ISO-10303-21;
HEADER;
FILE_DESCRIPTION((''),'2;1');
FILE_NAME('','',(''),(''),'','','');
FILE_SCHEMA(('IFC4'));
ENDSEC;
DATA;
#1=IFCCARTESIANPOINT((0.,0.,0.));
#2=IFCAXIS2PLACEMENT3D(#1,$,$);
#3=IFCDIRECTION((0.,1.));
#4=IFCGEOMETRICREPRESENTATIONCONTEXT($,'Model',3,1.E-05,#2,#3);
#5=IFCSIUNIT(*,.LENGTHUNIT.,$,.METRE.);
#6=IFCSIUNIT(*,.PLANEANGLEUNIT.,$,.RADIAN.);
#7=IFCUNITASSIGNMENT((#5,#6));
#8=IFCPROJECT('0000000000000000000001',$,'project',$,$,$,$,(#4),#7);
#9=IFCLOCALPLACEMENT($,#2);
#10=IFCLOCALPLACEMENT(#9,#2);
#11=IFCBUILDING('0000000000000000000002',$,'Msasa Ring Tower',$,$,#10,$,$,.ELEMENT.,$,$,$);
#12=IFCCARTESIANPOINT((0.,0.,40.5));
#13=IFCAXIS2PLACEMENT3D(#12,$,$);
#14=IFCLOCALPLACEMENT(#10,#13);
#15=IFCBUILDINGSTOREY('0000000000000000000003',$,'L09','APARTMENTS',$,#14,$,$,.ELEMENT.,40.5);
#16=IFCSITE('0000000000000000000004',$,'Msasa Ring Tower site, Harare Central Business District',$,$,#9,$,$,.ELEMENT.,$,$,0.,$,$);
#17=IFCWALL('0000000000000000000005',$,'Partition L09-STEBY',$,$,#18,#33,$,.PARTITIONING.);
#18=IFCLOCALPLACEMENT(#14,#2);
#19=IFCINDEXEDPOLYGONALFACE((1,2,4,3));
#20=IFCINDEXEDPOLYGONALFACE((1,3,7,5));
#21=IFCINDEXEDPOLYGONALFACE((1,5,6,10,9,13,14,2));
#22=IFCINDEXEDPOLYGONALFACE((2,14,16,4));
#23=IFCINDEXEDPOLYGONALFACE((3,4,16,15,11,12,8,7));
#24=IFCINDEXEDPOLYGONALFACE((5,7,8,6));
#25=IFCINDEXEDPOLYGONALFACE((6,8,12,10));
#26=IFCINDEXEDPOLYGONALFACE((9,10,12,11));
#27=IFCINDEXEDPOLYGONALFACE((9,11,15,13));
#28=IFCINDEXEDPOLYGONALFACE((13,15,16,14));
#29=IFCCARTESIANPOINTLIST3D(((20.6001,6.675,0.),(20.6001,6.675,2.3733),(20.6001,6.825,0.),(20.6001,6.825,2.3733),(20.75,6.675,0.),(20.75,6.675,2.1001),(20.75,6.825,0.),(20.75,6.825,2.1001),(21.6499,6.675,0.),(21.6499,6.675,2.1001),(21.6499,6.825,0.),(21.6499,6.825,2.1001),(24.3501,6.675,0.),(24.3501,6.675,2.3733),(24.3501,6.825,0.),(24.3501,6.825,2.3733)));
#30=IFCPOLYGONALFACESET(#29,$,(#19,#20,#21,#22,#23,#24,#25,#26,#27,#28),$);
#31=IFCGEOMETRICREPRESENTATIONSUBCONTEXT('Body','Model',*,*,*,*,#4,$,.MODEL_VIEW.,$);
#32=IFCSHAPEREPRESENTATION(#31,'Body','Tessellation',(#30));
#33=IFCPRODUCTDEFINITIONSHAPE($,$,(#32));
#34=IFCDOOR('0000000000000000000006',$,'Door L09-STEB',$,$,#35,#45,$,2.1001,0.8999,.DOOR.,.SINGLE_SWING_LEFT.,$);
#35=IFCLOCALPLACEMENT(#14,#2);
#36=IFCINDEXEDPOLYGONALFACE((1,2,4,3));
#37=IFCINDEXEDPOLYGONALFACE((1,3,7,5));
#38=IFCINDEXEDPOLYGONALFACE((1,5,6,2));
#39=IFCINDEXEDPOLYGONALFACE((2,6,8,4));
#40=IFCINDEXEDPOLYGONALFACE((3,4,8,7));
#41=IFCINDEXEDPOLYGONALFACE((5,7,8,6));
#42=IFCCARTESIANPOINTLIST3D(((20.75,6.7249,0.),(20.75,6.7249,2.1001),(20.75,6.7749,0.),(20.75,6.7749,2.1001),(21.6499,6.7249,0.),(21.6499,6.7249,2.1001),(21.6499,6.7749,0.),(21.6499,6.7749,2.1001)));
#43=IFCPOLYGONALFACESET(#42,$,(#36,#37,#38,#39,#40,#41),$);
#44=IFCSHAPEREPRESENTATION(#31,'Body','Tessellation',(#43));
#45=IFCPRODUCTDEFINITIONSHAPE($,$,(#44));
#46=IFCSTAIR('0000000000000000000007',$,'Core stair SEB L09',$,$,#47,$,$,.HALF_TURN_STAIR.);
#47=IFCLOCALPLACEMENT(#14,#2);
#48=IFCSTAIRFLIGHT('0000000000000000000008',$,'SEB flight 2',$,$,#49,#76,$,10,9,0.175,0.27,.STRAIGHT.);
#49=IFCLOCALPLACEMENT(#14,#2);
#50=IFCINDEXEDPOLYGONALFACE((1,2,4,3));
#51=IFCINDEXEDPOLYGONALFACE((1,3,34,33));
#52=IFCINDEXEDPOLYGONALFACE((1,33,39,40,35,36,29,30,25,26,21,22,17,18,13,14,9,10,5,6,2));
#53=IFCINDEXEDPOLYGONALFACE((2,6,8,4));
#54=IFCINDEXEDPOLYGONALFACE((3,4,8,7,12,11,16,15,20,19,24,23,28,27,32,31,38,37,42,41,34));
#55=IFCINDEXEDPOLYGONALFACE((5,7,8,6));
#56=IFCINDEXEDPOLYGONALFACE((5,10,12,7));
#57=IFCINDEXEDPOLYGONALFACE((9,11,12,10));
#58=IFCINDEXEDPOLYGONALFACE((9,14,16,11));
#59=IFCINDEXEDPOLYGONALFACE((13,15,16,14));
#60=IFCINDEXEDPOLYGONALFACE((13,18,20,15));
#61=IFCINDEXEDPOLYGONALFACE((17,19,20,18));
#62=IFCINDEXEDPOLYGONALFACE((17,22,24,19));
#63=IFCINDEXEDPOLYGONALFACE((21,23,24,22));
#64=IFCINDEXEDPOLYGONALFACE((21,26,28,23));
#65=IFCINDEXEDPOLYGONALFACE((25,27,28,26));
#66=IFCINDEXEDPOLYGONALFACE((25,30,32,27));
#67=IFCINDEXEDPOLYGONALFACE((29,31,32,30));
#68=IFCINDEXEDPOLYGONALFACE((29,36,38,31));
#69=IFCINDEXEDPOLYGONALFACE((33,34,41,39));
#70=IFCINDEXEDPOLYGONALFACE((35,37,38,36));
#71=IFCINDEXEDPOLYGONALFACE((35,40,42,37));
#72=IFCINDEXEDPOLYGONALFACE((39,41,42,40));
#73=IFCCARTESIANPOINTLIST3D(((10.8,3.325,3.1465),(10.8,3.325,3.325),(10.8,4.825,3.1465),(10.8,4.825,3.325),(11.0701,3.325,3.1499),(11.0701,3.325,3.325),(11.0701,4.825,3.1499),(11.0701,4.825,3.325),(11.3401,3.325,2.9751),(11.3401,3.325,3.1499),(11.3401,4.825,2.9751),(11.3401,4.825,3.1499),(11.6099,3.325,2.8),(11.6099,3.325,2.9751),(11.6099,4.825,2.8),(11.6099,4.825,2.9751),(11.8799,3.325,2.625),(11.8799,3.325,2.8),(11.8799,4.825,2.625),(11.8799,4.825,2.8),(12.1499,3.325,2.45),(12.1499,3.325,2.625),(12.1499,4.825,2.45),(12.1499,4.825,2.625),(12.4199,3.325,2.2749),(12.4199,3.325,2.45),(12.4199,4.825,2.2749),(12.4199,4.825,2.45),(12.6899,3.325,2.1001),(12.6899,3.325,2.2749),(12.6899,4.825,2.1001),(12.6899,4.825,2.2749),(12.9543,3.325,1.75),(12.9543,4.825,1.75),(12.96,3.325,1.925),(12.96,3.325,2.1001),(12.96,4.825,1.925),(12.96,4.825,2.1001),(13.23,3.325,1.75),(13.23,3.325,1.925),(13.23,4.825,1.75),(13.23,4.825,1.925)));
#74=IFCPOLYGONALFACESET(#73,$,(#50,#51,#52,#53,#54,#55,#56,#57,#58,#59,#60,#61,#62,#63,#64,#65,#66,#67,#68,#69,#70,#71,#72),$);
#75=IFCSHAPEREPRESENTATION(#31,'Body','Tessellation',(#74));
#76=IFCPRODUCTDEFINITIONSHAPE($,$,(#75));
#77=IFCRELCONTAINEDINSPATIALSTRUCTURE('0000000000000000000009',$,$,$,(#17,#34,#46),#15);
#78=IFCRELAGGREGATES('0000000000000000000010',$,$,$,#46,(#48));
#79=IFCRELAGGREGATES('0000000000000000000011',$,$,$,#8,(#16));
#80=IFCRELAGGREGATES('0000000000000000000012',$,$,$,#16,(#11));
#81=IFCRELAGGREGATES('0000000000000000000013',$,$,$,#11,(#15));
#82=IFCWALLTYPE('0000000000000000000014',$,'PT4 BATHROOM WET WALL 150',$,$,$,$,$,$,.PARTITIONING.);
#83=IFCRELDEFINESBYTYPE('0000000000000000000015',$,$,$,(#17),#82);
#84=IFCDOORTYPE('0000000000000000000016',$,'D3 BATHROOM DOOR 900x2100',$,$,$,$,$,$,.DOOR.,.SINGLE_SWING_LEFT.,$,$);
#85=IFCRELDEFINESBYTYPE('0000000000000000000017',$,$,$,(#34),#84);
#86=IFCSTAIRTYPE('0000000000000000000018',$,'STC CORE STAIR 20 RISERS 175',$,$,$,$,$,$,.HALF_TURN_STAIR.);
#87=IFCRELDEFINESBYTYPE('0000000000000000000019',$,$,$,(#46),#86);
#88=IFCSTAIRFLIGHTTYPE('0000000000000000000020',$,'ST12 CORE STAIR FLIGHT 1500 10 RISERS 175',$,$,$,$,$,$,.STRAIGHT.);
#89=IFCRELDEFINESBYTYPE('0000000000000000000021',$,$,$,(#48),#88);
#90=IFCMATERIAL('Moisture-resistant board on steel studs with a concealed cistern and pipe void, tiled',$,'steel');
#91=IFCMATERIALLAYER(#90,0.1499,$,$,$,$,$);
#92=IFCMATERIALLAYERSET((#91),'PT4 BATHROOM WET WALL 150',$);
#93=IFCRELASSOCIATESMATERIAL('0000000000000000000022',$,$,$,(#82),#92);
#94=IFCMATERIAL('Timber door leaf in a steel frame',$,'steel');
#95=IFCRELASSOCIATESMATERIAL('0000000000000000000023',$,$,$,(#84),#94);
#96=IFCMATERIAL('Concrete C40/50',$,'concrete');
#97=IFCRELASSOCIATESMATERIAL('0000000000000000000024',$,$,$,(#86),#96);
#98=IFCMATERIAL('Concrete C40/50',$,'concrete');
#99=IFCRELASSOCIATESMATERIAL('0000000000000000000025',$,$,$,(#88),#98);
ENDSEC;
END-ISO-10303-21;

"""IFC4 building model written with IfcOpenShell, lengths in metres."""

from ifc_helpers import new_model, si_unit, direction, frame, frame_2d, origin, place, context, subcontext, project, spatial, polyline, rectangle, outline, extrude, material, layer, layer_set, type_object, element, fill, aggregate, save


model = new_model("IFC4")

# Units and contexts
model_context = context("Model", 3, precision=1e-05, world=origin(), true_north=direction((0.0, 1.0)))
body_context = subcontext(model_context, "Body", "Model", "MODEL_VIEW")
ifc_project = project(units=[si_unit("LENGTHUNIT", "METRE"), si_unit("PLANEANGLEUNIT", "RADIAN")], contexts=[model_context])

# Site, building, storey
site_placement = place(None, origin())
site = spatial("IfcSite", under=ifc_project, at=site_placement, Name="Msasa Ring Tower site, Harare Central Business District", CompositionType="ELEMENT", RefElevation=0.0)
building_placement = place(site_placement, origin())
building = spatial("IfcBuilding", under=site, at=building_placement, Name="Msasa Ring Tower", CompositionType="ELEMENT")
storey_placement = place(building_placement, frame((0.0, 0.0, 40.5)))
storey = spatial("IfcBuildingStorey", under=building, at=storey_placement, Name="L09", Description="APARTMENTS", CompositionType="ELEMENT", Elevation=40.5)

# Wall, opening, door
ifc_material_1 = material(Name="Moisture-resistant board on steel studs with a concealed cistern and pipe void, tiled", Category="steel")
ifc_layer_1 = layer(ifc_material_1, 0.1499)
ifc_layer_set_1 = layer_set([ifc_layer_1], Name="PT4 BATHROOM WET WALL 150")
wall_type_1 = type_object("IfcWallType", Name="PT4 BATHROOM WET WALL 150", PredefinedType="PARTITIONING", material=ifc_layer_set_1)
wall_1_placement = place(storey_placement, frame((20.6001, 6.75, 0.0), z_axis=(0.0, 0.0, 1.0), x_axis=(1.0, 0.0, 0.0)))
wall_1 = element("IfcWall", 1, at=wall_1_placement, inside=storey, type_object=wall_type_1, Name="Partition L09-STEBY", PredefinedType="PARTITIONING", context=body_context, shape_type="SweptSolid", body=[
    extrude(rectangle(XDim=3.75, YDim=0.1499, at=frame_2d((1.875, 0.0))), origin(), (0.0, 0.0, 1.0), 2.3733),
])
opening_1_placement = place(wall_1_placement, frame((0.1499, 0.0, 0.0)))
opening_1 = element("IfcOpeningElement", 2, at=opening_1_placement, cuts=wall_1, PredefinedType="OPENING", context=body_context, shape_type="SweptSolid", body=[
    extrude(rectangle(XDim=0.8999, YDim=2.1001, at=frame_2d((0.45, 1.05))), frame((0.0, 0.085, 0.0), z_axis=(0.0, -1.0, 0.0), x_axis=(1.0, 0.0, 0.0)), (0.0, 0.0, 1.0), 0.1699),
])
ifc_material_2 = material(Name="Timber door leaf in a steel frame", Category="steel")
door_type = type_object("IfcDoorType", Name="D3 BATHROOM DOOR 900x2100", OperationType="SINGLE_SWING_LEFT", PredefinedType="DOOR", material=ifc_material_2)
door_placement = place(opening_1_placement, origin())
door = element("IfcDoor", 3, at=door_placement, inside=storey, type_object=door_type, Name="Door L09-STEB", OperationType="SINGLE_SWING_LEFT", OverallHeight=2.1001, OverallWidth=0.8999, PredefinedType="DOOR", context=body_context, shape_type="SweptSolid", body=[
    extrude(rectangle(XDim=0.8999, YDim=2.1001, at=frame_2d((0.45, 1.05))), frame((0.0, 0.0249, 0.0), z_axis=(0.0, -1.0, 0.0), x_axis=(1.0, 0.0, 0.0)), (0.0, 0.0, 1.0), 0.05),
])
fill(opening_1, door)

# Stair, stair flight
ifc_material_3 = material(Name="Concrete C40/50", Category="concrete")
stair_type = type_object("IfcStairType", Name="STC CORE STAIR 20 RISERS 175", PredefinedType="HALF_TURN_STAIR", material=ifc_material_3)
stair_placement = place(storey_placement, origin())
stair = element("IfcStair", 4, at=stair_placement, inside=storey, type_object=stair_type, Name="Core stair SEB L09", PredefinedType="HALF_TURN_STAIR")
ifc_material_4 = material(Name="Concrete C40/50", Category="concrete")
stair_flight_type = type_object("IfcStairFlightType", Name="ST12 CORE STAIR FLIGHT 1500 10 RISERS 175", PredefinedType="STRAIGHT", material=ifc_material_4)
stair_flight_placement = place(storey_placement, frame((13.23, 4.075, 1.75), z_axis=(0.0, 0.0, 1.0), x_axis=(-1.0, 0.0, 0.0)))
stair_flight = element("IfcStairFlight", 5, at=stair_flight_placement, type_object=stair_flight_type, Name="SEB flight 2", NumberOfRisers=10, NumberOfTreads=9, PredefinedType="STRAIGHT", RiserHeight=0.175, TreadLength=0.27, context=body_context, shape_type="SweptSolid", body=[
    extrude(outline(polyline([(0.0, 0.0), (0.0, 0.175), (0.27, 0.175), (0.27, 0.3501), (0.54, 0.3501), (0.54, 0.5249), (0.8101, 0.5249), (0.8101, 0.7), (1.0801, 0.7), (1.0801, 0.875), (1.3501, 0.875), (1.3501, 1.05), (1.6201, 1.05), (1.6201, 1.2251), (1.8899, 1.2251), (1.8899, 1.3999), (2.1599, 1.3999), (2.1599, 1.575), (2.4299, 1.575), (2.4299, 1.75), (2.4299, 1.3965), (0.2756, 0.0), (0.0, 0.0)])), frame((0.0, 0.75, 0.0), z_axis=(0.0, -1.0, 0.0), x_axis=(1.0, 0.0, 0.0)), (0.0, 0.0, 1.0), 1.5),
])
aggregate(stair, [stair_flight])

save(model, "model.ifc")
